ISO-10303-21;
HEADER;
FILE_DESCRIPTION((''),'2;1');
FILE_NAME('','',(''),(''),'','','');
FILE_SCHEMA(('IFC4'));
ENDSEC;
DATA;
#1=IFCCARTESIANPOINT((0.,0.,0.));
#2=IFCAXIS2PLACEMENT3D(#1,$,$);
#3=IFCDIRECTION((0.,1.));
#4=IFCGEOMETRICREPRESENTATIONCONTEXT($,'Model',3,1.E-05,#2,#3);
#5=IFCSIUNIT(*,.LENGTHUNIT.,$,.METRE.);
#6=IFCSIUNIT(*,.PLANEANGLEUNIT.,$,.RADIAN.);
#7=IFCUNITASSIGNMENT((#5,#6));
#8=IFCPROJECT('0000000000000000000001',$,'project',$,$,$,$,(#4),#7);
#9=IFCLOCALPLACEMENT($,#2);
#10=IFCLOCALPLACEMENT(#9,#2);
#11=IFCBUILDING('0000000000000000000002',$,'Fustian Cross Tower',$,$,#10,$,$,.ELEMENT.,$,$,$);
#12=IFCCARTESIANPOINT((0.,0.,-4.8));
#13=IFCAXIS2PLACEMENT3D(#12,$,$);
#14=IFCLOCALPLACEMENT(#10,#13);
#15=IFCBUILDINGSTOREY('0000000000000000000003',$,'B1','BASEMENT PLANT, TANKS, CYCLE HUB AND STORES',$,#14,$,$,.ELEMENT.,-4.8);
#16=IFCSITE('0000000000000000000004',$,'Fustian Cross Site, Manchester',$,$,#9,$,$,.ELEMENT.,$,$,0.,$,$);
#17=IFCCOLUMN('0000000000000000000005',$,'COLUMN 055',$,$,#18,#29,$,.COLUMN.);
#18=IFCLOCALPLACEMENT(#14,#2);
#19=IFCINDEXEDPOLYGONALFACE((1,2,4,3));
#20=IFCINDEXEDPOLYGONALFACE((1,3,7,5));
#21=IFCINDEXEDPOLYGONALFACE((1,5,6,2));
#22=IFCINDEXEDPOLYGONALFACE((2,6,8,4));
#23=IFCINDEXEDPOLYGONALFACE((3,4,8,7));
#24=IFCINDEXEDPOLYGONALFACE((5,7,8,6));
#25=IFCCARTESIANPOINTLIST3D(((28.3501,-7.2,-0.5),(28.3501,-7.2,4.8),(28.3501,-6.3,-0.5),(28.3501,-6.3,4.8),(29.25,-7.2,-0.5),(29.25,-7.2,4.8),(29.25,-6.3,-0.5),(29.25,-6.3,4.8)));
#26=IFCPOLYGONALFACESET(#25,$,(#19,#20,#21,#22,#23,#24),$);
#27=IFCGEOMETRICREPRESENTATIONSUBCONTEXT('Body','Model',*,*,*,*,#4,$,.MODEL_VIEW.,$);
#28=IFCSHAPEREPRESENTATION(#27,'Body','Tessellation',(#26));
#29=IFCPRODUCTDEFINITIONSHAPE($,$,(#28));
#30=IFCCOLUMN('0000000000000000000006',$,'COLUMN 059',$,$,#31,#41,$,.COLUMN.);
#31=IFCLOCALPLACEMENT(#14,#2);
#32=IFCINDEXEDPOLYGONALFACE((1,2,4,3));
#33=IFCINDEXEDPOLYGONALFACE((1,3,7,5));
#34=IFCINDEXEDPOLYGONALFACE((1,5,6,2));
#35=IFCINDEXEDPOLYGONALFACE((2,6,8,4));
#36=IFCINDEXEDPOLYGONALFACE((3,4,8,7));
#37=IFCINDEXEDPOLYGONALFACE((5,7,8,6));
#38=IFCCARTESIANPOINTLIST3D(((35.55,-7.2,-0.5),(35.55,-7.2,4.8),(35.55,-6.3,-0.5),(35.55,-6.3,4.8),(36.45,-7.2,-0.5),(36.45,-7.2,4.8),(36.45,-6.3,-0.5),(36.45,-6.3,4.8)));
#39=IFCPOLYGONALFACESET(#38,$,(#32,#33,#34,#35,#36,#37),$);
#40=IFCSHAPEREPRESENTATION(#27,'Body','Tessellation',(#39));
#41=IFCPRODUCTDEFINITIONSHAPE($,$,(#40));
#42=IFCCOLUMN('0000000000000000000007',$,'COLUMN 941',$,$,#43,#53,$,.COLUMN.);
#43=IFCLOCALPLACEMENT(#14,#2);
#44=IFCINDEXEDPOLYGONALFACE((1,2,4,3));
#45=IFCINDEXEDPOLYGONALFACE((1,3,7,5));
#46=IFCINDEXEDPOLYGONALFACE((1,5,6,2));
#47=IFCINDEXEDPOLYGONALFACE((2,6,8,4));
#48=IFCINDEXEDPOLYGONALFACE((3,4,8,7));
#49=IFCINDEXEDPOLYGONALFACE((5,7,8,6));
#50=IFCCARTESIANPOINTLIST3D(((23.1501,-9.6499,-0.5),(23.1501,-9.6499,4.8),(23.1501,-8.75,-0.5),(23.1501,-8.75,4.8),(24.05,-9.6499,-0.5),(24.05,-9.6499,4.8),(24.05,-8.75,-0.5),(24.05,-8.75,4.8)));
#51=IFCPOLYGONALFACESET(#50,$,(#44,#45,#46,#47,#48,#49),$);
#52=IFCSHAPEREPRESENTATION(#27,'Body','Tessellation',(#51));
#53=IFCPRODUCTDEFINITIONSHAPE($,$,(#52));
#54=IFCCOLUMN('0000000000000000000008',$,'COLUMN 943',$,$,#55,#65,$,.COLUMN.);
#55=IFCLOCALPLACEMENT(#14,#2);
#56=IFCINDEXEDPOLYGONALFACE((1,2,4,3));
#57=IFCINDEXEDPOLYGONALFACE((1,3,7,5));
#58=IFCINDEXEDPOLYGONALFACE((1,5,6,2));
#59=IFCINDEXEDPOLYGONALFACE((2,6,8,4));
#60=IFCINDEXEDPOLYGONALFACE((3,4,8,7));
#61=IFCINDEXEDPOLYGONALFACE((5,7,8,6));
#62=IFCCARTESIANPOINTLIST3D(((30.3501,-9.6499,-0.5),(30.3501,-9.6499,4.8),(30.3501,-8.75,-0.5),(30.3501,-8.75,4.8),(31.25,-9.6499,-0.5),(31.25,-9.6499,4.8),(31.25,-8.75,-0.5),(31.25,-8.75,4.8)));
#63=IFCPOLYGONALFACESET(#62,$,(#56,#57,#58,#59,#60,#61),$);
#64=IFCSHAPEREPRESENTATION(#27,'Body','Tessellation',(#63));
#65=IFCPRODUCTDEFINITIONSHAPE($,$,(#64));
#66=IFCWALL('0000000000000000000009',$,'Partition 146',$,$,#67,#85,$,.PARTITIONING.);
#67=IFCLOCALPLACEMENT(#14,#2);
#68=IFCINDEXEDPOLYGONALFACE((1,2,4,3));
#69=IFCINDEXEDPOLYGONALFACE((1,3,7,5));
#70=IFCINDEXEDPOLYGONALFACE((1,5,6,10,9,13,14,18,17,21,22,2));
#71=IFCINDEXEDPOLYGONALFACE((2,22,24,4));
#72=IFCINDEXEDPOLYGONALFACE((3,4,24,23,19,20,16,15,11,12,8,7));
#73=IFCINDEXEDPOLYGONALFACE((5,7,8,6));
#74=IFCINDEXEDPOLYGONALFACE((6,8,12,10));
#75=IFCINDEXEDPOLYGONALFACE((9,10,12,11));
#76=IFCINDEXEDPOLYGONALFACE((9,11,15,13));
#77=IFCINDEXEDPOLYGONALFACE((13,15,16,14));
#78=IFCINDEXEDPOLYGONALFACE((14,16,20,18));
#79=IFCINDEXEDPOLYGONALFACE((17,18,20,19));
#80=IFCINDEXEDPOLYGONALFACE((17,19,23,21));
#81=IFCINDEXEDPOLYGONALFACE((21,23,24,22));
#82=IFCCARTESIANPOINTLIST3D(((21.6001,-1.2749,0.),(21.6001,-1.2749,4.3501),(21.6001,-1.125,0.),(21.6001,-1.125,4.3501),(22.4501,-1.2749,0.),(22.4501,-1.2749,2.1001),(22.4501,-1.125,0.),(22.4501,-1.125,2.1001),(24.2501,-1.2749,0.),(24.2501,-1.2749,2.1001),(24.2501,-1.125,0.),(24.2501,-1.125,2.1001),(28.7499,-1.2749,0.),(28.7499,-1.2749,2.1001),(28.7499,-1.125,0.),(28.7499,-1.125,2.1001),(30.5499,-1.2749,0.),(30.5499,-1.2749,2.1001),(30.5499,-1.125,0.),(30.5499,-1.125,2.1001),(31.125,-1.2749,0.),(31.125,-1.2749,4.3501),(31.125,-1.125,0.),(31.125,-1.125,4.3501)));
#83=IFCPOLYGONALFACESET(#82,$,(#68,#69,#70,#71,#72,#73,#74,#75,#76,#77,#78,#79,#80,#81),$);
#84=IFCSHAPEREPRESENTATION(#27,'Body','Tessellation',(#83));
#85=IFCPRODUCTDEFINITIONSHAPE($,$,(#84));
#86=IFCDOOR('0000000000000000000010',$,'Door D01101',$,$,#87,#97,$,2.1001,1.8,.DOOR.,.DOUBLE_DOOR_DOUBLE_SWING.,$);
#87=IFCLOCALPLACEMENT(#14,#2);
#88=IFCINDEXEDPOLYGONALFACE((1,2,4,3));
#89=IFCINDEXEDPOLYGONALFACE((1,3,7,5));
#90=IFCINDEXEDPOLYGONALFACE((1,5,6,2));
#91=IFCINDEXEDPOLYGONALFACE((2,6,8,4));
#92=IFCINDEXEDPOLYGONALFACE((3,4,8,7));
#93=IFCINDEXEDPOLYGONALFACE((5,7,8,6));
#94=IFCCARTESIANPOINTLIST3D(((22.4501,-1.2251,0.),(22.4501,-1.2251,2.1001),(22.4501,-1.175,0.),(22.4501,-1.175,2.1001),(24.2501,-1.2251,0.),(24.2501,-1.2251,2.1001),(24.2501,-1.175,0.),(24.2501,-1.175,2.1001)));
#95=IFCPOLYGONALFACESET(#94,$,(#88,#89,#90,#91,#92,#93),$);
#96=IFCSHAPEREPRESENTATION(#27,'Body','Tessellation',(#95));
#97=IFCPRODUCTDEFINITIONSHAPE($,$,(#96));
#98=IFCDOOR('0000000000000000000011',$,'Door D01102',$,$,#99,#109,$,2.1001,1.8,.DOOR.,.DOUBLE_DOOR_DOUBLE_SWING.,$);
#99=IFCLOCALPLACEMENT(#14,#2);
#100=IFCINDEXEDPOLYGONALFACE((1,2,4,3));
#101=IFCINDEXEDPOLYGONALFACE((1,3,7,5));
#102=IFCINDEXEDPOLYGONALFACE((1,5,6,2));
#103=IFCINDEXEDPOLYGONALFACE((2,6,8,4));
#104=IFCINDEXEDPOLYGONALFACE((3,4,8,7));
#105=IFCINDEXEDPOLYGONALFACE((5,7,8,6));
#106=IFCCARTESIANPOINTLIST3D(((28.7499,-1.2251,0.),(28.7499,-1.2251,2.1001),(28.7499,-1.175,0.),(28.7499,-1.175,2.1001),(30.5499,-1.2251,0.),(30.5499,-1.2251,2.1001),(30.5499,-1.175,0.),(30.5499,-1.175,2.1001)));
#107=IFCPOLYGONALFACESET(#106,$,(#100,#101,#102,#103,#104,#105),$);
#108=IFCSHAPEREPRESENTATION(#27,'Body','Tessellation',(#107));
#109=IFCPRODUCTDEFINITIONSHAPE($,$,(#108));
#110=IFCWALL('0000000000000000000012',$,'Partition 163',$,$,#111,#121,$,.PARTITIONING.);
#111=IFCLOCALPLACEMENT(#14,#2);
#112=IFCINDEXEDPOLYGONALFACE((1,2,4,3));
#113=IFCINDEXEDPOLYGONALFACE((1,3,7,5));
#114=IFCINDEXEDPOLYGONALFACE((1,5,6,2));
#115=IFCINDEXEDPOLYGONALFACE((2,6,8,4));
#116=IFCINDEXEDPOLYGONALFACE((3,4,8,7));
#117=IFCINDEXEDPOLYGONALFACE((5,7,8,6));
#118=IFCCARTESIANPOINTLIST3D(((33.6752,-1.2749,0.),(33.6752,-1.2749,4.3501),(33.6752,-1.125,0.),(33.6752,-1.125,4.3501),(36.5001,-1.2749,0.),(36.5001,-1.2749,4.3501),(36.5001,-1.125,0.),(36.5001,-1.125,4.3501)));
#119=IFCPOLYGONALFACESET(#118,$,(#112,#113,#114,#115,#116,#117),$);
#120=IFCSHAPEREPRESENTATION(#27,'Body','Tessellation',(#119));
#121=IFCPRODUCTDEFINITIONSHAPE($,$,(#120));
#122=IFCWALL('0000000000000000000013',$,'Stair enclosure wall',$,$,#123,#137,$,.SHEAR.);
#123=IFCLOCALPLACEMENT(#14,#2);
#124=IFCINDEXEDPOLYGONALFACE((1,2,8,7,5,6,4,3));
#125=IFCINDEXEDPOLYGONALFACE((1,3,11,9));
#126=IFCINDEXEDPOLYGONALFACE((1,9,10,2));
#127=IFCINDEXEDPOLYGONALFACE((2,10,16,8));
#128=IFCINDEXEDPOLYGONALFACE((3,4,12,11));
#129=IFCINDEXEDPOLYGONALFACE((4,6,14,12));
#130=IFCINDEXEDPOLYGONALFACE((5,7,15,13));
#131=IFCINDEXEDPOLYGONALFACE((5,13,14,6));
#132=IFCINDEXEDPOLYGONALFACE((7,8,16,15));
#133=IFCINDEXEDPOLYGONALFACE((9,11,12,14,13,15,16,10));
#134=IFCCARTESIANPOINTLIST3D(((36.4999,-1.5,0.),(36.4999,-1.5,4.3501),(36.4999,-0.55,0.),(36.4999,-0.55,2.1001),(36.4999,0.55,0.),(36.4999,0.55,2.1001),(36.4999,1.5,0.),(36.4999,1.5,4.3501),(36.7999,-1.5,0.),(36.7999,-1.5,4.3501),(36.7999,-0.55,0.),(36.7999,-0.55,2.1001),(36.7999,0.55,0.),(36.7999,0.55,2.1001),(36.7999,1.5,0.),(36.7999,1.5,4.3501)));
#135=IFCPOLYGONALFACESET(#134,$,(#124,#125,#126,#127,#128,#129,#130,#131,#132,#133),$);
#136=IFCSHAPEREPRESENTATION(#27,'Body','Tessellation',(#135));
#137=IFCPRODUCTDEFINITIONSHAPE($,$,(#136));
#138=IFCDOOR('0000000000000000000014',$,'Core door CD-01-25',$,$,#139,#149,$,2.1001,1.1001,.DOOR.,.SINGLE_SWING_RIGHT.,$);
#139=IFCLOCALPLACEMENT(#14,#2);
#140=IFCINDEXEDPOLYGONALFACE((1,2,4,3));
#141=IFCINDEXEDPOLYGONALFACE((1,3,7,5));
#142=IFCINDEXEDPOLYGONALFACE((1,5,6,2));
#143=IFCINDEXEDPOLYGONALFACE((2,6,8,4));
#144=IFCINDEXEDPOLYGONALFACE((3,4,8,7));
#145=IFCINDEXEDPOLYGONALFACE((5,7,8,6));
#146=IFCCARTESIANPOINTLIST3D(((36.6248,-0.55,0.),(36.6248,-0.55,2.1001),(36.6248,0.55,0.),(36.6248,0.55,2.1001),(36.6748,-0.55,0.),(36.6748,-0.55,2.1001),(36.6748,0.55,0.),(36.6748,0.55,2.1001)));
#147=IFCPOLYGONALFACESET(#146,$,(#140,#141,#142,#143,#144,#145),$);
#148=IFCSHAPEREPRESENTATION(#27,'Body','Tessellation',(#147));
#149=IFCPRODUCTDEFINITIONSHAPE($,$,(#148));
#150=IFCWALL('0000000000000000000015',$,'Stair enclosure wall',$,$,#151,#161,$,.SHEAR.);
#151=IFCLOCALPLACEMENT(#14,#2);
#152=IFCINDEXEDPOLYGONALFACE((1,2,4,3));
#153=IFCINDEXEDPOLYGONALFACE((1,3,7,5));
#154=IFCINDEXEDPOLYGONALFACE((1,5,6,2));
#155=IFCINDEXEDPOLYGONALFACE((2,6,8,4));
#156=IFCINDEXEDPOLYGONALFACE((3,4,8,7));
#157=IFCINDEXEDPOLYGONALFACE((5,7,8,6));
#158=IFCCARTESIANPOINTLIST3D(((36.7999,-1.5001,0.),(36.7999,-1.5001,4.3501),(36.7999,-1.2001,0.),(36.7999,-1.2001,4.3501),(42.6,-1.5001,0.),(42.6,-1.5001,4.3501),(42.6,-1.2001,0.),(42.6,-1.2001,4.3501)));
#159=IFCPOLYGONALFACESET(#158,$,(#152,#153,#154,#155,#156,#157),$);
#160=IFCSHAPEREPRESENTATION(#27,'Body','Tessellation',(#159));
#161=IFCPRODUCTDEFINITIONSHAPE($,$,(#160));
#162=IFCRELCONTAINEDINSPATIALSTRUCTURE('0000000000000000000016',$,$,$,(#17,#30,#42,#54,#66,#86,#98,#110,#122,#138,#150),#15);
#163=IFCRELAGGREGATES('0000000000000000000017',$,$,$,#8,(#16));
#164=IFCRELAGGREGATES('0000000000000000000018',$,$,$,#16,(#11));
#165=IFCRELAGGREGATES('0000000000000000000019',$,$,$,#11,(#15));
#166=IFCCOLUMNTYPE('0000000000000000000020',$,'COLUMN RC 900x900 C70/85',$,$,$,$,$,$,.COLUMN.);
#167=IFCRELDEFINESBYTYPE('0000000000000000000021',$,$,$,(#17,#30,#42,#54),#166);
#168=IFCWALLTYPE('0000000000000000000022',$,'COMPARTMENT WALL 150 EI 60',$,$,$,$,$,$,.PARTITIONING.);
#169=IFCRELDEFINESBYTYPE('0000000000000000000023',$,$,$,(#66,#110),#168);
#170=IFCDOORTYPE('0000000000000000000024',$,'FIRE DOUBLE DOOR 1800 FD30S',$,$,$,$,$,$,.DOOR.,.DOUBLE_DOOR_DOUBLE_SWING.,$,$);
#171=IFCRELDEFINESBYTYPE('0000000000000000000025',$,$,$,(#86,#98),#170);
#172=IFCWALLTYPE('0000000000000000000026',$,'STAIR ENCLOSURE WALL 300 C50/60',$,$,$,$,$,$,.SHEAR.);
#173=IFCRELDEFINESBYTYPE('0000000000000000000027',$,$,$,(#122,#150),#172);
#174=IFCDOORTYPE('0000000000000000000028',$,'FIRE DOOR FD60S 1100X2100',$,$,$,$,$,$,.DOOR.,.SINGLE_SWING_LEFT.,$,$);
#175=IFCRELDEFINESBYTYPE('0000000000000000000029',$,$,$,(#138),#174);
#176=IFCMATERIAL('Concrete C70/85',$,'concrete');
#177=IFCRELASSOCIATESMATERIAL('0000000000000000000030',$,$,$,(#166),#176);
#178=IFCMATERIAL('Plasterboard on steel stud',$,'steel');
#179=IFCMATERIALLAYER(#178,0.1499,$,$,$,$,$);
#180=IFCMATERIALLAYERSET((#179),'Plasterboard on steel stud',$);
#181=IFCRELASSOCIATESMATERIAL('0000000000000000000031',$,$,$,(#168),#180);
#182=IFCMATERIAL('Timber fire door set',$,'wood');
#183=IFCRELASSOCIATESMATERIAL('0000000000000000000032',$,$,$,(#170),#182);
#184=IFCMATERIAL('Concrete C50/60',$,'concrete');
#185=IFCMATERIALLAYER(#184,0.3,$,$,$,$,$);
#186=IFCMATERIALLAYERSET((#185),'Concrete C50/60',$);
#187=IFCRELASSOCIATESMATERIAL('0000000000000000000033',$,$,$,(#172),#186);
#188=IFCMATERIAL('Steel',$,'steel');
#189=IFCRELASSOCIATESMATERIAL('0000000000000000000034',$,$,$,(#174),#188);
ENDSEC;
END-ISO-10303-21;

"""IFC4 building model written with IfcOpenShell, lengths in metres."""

from ifc_helpers import new_model, si_unit, direction, frame, frame_2d, origin, origin_2d, place, context, subcontext, project, spatial, rectangle, extrude, material, layer, layer_set, material_profile, profile_set, type_object, element, fill, save


model = new_model("IFC4")

# Units and contexts
model_context = context("Model", 3, precision=1e-05, world=origin(), true_north=direction((0.0, 1.0)))
body_context = subcontext(model_context, "Body", "Model", "MODEL_VIEW")
ifc_project = project(units=[si_unit("LENGTHUNIT", "METRE"), si_unit("PLANEANGLEUNIT", "RADIAN")], contexts=[model_context])

# Site, building, storey
site_placement = place(None, origin())
site = spatial("IfcSite", under=ifc_project, at=site_placement, Name="Fustian Cross Site, Manchester", CompositionType="ELEMENT", RefElevation=0.0)
building_placement = place(site_placement, origin())
building = spatial("IfcBuilding", under=site, at=building_placement, Name="Fustian Cross Tower", CompositionType="ELEMENT")
storey_placement = place(building_placement, frame((0.0, 0.0, -4.8)))
storey = spatial("IfcBuildingStorey", under=building, at=storey_placement, Name="B1", Description="BASEMENT PLANT, TANKS, CYCLE HUB AND STORES", CompositionType="ELEMENT", Elevation=-4.8)

# Columns
ifc_material_1 = material(Name="Concrete C70/85", Category="concrete")
ifc_material_profile_1 = material_profile(ifc_material_1, rectangle(XDim=0.8999, YDim=0.8999, at=origin_2d()), Name="RC 900x900")
ifc_profile_set_1 = profile_set([ifc_material_profile_1], Name="Concrete C70/85")
column_type = type_object("IfcColumnType", Name="COLUMN RC 900x900 C70/85", PredefinedType="COLUMN", material=ifc_profile_set_1)
for number, where, z_axis, x_axis, name in (
    (1, (28.8, -6.75, -0.5), (0.0, 0.0, 1.0), (1.0, 0.0, 0.0), "COLUMN 055"),
    (2, (36.0, -6.75, -0.5), (0.0, 0.0, 1.0), (1.0, 0.0, 0.0), "COLUMN 059"),
    (3, (23.6001, -9.2, -0.5), (0.0, 0.0, 1.0), (1.0, 0.0, 0.0), "COLUMN 941"),
    (4, (30.8, -9.2, -0.5), (0.0, 0.0, 1.0), (1.0, 0.0, 0.0), "COLUMN 943"),
):
    element("IfcColumn", number, at=place(storey_placement, frame(where, z_axis=z_axis, x_axis=x_axis)), inside=storey, type_object=column_type, Name=name, PredefinedType="COLUMN", context=body_context, shape_type="SweptSolid", body=[
        extrude(rectangle(XDim=0.8999, YDim=0.8999, at=origin_2d()), origin(), (0.0, 0.0, 1.0), 5.3),
    ])

# Wall, openings, doors
ifc_material_2 = material(Name="Plasterboard on steel stud", Category="steel")
ifc_layer_1 = layer(ifc_material_2, 0.1499)
ifc_layer_set_1 = layer_set([ifc_layer_1], Name="Plasterboard on steel stud")
wall_type_1 = type_object("IfcWallType", Name="COMPARTMENT WALL 150 EI 60", PredefinedType="PARTITIONING", material=ifc_layer_set_1)
wall_1_placement = place(storey_placement, frame((21.6001, -1.2, 0.0), z_axis=(0.0, 0.0, 1.0), x_axis=(1.0, 0.0, 0.0)))
wall_1 = element("IfcWall", 5, at=wall_1_placement, inside=storey, type_object=wall_type_1, Name="Partition 146", PredefinedType="PARTITIONING", context=body_context, shape_type="SweptSolid", body=[
    extrude(rectangle(XDim=9.5249, YDim=0.1499, at=frame_2d((4.7625, 0.0))), origin(), (0.0, 0.0, 1.0), 4.3501),
])
opening_1_placement = place(wall_1_placement, frame((0.8501, 0.0, 0.0)))
opening_1 = element("IfcOpeningElement", 6, at=opening_1_placement, cuts=wall_1, PredefinedType="OPENING", context=body_context, shape_type="SweptSolid", body=[
    extrude(rectangle(XDim=1.8, YDim=2.1001, at=frame_2d((0.8999, 1.05))), frame((0.0, 0.085, 0.0), z_axis=(0.0, -1.0, 0.0), x_axis=(1.0, 0.0, 0.0)), (0.0, 0.0, 1.0), 0.1699),
])
opening_2_placement = place(wall_1_placement, frame((7.1499, 0.0, 0.0)))
opening_2 = element("IfcOpeningElement", 7, at=opening_2_placement, cuts=wall_1, PredefinedType="OPENING", context=body_context, shape_type="SweptSolid", body=[
    extrude(rectangle(XDim=1.8, YDim=2.1001, at=frame_2d((0.8999, 1.05))), frame((0.0, 0.085, 0.0), z_axis=(0.0, -1.0, 0.0), x_axis=(1.0, 0.0, 0.0)), (0.0, 0.0, 1.0), 0.1699),
])
ifc_material_3 = material(Name="Timber fire door set", Category="wood")
door_type_1 = type_object("IfcDoorType", Name="FIRE DOUBLE DOOR 1800 FD30S", OperationType="DOUBLE_DOOR_DOUBLE_SWING", PredefinedType="DOOR", material=ifc_material_3)
door_1_placement = place(opening_1_placement, origin())
door_1 = element("IfcDoor", 8, at=door_1_placement, inside=storey, type_object=door_type_1, Name="Door D01101", OperationType="DOUBLE_DOOR_DOUBLE_SWING", OverallHeight=2.1001, OverallWidth=1.8, PredefinedType="DOOR", context=body_context, shape_type="SweptSolid", body=[
    extrude(rectangle(XDim=1.8, YDim=2.1001, at=frame_2d((0.8999, 1.05))), frame((0.0, 0.0249, 0.0), z_axis=(0.0, -1.0, 0.0), x_axis=(1.0, 0.0, 0.0)), (0.0, 0.0, 1.0), 0.05),
])
fill(opening_1, door_1)
door_2_placement = place(opening_2_placement, origin())
door_2 = element("IfcDoor", 9, at=door_2_placement, inside=storey, type_object=door_type_1, Name="Door D01102", OperationType="DOUBLE_DOOR_DOUBLE_SWING", OverallHeight=2.1001, OverallWidth=1.8, PredefinedType="DOOR", context=body_context, shape_type="SweptSolid", body=[
    extrude(rectangle(XDim=1.8, YDim=2.1001, at=frame_2d((0.8999, 1.05))), frame((0.0, 0.0249, 0.0), z_axis=(0.0, -1.0, 0.0), x_axis=(1.0, 0.0, 0.0)), (0.0, 0.0, 1.0), 0.05),
])
fill(opening_2, door_2)

# Wall
wall_2_placement = place(storey_placement, frame((33.675, -1.2, 0.0), z_axis=(0.0, 0.0, 1.0), x_axis=(1.0, 0.0, 0.0)))
element("IfcWall", 10, at=wall_2_placement, inside=storey, type_object=wall_type_1, Name="Partition 163", PredefinedType="PARTITIONING", context=body_context, shape_type="SweptSolid", body=[
    extrude(rectangle(XDim=2.825, YDim=0.1499, at=frame_2d((1.4126, 0.0))), origin(), (0.0, 0.0, 1.0), 4.3501),
])

# Wall, opening, door
ifc_material_4 = material(Name="Concrete C50/60", Category="concrete")
ifc_layer_2 = layer(ifc_material_4, 0.3)
ifc_layer_set_2 = layer_set([ifc_layer_2], Name="Concrete C50/60")
wall_type_2 = type_object("IfcWallType", Name="STAIR ENCLOSURE WALL 300 C50/60", PredefinedType="SHEAR", material=ifc_layer_set_2)
wall_3_placement = place(storey_placement, frame((36.6499, -1.5, 0.0), z_axis=(0.0, 0.0, 1.0), x_axis=(0.0, 1.0, 0.0)))
wall_3 = element("IfcWall", 11, at=wall_3_placement, inside=storey, type_object=wall_type_2, Name="Stair enclosure wall", PredefinedType="SHEAR", context=body_context, shape_type="SweptSolid", body=[
    extrude(rectangle(XDim=3.0, YDim=0.3, at=frame_2d((1.5, 0.0))), origin(), (0.0, 0.0, 1.0), 4.3501),
])
opening_3_placement = place(wall_3_placement, frame((0.95, 0.0, 0.0)))
opening_3 = element("IfcOpeningElement", 12, at=opening_3_placement, cuts=wall_3, PredefinedType="OPENING", context=body_context, shape_type="SweptSolid", body=[
    extrude(rectangle(XDim=1.1001, YDim=2.1001, at=frame_2d((0.55, 1.05))), frame((0.0, 0.1599, 0.0), z_axis=(0.0, -1.0, 0.0), x_axis=(1.0, 0.0, 0.0)), (0.0, 0.0, 1.0), 0.3201),
])
ifc_material_5 = material(Name="Steel", Category="steel")
door_type_2 = type_object("IfcDoorType", Name="FIRE DOOR FD60S 1100X2100", OperationType="SINGLE_SWING_LEFT", PredefinedType="DOOR", material=ifc_material_5)
door_3_placement = place(opening_3_placement, frame((1.1001, 0.0, 0.0), z_axis=(0.0, 0.0, 1.0), x_axis=(-1.0, 0.0, 0.0)))
door_3 = element("IfcDoor", 13, at=door_3_placement, inside=storey, type_object=door_type_2, Name="Core door CD-01-25", OperationType="SINGLE_SWING_RIGHT", OverallHeight=2.1001, OverallWidth=1.1001, PredefinedType="DOOR", context=body_context, shape_type="SweptSolid", body=[
    extrude(rectangle(XDim=1.1001, YDim=2.1001, at=frame_2d((0.55, 1.05))), frame((0.0, 0.0249, 0.0), z_axis=(0.0, -1.0, 0.0), x_axis=(1.0, 0.0, 0.0)), (0.0, 0.0, 1.0), 0.05),
])
fill(opening_3, door_3)

# Wall
wall_4_placement = place(storey_placement, frame((36.8, -1.3501, 0.0), z_axis=(0.0, 0.0, 1.0), x_axis=(1.0, 0.0, 0.0)))
element("IfcWall", 14, at=wall_4_placement, inside=storey, type_object=wall_type_2, Name="Stair enclosure wall", PredefinedType="SHEAR", context=body_context, shape_type="SweptSolid", body=[
    extrude(rectangle(XDim=5.8, YDim=0.3, at=frame_2d((2.8999, 0.0))), origin(), (0.0, 0.0, 1.0), 4.3501),
])

save(model, "model.ifc")
